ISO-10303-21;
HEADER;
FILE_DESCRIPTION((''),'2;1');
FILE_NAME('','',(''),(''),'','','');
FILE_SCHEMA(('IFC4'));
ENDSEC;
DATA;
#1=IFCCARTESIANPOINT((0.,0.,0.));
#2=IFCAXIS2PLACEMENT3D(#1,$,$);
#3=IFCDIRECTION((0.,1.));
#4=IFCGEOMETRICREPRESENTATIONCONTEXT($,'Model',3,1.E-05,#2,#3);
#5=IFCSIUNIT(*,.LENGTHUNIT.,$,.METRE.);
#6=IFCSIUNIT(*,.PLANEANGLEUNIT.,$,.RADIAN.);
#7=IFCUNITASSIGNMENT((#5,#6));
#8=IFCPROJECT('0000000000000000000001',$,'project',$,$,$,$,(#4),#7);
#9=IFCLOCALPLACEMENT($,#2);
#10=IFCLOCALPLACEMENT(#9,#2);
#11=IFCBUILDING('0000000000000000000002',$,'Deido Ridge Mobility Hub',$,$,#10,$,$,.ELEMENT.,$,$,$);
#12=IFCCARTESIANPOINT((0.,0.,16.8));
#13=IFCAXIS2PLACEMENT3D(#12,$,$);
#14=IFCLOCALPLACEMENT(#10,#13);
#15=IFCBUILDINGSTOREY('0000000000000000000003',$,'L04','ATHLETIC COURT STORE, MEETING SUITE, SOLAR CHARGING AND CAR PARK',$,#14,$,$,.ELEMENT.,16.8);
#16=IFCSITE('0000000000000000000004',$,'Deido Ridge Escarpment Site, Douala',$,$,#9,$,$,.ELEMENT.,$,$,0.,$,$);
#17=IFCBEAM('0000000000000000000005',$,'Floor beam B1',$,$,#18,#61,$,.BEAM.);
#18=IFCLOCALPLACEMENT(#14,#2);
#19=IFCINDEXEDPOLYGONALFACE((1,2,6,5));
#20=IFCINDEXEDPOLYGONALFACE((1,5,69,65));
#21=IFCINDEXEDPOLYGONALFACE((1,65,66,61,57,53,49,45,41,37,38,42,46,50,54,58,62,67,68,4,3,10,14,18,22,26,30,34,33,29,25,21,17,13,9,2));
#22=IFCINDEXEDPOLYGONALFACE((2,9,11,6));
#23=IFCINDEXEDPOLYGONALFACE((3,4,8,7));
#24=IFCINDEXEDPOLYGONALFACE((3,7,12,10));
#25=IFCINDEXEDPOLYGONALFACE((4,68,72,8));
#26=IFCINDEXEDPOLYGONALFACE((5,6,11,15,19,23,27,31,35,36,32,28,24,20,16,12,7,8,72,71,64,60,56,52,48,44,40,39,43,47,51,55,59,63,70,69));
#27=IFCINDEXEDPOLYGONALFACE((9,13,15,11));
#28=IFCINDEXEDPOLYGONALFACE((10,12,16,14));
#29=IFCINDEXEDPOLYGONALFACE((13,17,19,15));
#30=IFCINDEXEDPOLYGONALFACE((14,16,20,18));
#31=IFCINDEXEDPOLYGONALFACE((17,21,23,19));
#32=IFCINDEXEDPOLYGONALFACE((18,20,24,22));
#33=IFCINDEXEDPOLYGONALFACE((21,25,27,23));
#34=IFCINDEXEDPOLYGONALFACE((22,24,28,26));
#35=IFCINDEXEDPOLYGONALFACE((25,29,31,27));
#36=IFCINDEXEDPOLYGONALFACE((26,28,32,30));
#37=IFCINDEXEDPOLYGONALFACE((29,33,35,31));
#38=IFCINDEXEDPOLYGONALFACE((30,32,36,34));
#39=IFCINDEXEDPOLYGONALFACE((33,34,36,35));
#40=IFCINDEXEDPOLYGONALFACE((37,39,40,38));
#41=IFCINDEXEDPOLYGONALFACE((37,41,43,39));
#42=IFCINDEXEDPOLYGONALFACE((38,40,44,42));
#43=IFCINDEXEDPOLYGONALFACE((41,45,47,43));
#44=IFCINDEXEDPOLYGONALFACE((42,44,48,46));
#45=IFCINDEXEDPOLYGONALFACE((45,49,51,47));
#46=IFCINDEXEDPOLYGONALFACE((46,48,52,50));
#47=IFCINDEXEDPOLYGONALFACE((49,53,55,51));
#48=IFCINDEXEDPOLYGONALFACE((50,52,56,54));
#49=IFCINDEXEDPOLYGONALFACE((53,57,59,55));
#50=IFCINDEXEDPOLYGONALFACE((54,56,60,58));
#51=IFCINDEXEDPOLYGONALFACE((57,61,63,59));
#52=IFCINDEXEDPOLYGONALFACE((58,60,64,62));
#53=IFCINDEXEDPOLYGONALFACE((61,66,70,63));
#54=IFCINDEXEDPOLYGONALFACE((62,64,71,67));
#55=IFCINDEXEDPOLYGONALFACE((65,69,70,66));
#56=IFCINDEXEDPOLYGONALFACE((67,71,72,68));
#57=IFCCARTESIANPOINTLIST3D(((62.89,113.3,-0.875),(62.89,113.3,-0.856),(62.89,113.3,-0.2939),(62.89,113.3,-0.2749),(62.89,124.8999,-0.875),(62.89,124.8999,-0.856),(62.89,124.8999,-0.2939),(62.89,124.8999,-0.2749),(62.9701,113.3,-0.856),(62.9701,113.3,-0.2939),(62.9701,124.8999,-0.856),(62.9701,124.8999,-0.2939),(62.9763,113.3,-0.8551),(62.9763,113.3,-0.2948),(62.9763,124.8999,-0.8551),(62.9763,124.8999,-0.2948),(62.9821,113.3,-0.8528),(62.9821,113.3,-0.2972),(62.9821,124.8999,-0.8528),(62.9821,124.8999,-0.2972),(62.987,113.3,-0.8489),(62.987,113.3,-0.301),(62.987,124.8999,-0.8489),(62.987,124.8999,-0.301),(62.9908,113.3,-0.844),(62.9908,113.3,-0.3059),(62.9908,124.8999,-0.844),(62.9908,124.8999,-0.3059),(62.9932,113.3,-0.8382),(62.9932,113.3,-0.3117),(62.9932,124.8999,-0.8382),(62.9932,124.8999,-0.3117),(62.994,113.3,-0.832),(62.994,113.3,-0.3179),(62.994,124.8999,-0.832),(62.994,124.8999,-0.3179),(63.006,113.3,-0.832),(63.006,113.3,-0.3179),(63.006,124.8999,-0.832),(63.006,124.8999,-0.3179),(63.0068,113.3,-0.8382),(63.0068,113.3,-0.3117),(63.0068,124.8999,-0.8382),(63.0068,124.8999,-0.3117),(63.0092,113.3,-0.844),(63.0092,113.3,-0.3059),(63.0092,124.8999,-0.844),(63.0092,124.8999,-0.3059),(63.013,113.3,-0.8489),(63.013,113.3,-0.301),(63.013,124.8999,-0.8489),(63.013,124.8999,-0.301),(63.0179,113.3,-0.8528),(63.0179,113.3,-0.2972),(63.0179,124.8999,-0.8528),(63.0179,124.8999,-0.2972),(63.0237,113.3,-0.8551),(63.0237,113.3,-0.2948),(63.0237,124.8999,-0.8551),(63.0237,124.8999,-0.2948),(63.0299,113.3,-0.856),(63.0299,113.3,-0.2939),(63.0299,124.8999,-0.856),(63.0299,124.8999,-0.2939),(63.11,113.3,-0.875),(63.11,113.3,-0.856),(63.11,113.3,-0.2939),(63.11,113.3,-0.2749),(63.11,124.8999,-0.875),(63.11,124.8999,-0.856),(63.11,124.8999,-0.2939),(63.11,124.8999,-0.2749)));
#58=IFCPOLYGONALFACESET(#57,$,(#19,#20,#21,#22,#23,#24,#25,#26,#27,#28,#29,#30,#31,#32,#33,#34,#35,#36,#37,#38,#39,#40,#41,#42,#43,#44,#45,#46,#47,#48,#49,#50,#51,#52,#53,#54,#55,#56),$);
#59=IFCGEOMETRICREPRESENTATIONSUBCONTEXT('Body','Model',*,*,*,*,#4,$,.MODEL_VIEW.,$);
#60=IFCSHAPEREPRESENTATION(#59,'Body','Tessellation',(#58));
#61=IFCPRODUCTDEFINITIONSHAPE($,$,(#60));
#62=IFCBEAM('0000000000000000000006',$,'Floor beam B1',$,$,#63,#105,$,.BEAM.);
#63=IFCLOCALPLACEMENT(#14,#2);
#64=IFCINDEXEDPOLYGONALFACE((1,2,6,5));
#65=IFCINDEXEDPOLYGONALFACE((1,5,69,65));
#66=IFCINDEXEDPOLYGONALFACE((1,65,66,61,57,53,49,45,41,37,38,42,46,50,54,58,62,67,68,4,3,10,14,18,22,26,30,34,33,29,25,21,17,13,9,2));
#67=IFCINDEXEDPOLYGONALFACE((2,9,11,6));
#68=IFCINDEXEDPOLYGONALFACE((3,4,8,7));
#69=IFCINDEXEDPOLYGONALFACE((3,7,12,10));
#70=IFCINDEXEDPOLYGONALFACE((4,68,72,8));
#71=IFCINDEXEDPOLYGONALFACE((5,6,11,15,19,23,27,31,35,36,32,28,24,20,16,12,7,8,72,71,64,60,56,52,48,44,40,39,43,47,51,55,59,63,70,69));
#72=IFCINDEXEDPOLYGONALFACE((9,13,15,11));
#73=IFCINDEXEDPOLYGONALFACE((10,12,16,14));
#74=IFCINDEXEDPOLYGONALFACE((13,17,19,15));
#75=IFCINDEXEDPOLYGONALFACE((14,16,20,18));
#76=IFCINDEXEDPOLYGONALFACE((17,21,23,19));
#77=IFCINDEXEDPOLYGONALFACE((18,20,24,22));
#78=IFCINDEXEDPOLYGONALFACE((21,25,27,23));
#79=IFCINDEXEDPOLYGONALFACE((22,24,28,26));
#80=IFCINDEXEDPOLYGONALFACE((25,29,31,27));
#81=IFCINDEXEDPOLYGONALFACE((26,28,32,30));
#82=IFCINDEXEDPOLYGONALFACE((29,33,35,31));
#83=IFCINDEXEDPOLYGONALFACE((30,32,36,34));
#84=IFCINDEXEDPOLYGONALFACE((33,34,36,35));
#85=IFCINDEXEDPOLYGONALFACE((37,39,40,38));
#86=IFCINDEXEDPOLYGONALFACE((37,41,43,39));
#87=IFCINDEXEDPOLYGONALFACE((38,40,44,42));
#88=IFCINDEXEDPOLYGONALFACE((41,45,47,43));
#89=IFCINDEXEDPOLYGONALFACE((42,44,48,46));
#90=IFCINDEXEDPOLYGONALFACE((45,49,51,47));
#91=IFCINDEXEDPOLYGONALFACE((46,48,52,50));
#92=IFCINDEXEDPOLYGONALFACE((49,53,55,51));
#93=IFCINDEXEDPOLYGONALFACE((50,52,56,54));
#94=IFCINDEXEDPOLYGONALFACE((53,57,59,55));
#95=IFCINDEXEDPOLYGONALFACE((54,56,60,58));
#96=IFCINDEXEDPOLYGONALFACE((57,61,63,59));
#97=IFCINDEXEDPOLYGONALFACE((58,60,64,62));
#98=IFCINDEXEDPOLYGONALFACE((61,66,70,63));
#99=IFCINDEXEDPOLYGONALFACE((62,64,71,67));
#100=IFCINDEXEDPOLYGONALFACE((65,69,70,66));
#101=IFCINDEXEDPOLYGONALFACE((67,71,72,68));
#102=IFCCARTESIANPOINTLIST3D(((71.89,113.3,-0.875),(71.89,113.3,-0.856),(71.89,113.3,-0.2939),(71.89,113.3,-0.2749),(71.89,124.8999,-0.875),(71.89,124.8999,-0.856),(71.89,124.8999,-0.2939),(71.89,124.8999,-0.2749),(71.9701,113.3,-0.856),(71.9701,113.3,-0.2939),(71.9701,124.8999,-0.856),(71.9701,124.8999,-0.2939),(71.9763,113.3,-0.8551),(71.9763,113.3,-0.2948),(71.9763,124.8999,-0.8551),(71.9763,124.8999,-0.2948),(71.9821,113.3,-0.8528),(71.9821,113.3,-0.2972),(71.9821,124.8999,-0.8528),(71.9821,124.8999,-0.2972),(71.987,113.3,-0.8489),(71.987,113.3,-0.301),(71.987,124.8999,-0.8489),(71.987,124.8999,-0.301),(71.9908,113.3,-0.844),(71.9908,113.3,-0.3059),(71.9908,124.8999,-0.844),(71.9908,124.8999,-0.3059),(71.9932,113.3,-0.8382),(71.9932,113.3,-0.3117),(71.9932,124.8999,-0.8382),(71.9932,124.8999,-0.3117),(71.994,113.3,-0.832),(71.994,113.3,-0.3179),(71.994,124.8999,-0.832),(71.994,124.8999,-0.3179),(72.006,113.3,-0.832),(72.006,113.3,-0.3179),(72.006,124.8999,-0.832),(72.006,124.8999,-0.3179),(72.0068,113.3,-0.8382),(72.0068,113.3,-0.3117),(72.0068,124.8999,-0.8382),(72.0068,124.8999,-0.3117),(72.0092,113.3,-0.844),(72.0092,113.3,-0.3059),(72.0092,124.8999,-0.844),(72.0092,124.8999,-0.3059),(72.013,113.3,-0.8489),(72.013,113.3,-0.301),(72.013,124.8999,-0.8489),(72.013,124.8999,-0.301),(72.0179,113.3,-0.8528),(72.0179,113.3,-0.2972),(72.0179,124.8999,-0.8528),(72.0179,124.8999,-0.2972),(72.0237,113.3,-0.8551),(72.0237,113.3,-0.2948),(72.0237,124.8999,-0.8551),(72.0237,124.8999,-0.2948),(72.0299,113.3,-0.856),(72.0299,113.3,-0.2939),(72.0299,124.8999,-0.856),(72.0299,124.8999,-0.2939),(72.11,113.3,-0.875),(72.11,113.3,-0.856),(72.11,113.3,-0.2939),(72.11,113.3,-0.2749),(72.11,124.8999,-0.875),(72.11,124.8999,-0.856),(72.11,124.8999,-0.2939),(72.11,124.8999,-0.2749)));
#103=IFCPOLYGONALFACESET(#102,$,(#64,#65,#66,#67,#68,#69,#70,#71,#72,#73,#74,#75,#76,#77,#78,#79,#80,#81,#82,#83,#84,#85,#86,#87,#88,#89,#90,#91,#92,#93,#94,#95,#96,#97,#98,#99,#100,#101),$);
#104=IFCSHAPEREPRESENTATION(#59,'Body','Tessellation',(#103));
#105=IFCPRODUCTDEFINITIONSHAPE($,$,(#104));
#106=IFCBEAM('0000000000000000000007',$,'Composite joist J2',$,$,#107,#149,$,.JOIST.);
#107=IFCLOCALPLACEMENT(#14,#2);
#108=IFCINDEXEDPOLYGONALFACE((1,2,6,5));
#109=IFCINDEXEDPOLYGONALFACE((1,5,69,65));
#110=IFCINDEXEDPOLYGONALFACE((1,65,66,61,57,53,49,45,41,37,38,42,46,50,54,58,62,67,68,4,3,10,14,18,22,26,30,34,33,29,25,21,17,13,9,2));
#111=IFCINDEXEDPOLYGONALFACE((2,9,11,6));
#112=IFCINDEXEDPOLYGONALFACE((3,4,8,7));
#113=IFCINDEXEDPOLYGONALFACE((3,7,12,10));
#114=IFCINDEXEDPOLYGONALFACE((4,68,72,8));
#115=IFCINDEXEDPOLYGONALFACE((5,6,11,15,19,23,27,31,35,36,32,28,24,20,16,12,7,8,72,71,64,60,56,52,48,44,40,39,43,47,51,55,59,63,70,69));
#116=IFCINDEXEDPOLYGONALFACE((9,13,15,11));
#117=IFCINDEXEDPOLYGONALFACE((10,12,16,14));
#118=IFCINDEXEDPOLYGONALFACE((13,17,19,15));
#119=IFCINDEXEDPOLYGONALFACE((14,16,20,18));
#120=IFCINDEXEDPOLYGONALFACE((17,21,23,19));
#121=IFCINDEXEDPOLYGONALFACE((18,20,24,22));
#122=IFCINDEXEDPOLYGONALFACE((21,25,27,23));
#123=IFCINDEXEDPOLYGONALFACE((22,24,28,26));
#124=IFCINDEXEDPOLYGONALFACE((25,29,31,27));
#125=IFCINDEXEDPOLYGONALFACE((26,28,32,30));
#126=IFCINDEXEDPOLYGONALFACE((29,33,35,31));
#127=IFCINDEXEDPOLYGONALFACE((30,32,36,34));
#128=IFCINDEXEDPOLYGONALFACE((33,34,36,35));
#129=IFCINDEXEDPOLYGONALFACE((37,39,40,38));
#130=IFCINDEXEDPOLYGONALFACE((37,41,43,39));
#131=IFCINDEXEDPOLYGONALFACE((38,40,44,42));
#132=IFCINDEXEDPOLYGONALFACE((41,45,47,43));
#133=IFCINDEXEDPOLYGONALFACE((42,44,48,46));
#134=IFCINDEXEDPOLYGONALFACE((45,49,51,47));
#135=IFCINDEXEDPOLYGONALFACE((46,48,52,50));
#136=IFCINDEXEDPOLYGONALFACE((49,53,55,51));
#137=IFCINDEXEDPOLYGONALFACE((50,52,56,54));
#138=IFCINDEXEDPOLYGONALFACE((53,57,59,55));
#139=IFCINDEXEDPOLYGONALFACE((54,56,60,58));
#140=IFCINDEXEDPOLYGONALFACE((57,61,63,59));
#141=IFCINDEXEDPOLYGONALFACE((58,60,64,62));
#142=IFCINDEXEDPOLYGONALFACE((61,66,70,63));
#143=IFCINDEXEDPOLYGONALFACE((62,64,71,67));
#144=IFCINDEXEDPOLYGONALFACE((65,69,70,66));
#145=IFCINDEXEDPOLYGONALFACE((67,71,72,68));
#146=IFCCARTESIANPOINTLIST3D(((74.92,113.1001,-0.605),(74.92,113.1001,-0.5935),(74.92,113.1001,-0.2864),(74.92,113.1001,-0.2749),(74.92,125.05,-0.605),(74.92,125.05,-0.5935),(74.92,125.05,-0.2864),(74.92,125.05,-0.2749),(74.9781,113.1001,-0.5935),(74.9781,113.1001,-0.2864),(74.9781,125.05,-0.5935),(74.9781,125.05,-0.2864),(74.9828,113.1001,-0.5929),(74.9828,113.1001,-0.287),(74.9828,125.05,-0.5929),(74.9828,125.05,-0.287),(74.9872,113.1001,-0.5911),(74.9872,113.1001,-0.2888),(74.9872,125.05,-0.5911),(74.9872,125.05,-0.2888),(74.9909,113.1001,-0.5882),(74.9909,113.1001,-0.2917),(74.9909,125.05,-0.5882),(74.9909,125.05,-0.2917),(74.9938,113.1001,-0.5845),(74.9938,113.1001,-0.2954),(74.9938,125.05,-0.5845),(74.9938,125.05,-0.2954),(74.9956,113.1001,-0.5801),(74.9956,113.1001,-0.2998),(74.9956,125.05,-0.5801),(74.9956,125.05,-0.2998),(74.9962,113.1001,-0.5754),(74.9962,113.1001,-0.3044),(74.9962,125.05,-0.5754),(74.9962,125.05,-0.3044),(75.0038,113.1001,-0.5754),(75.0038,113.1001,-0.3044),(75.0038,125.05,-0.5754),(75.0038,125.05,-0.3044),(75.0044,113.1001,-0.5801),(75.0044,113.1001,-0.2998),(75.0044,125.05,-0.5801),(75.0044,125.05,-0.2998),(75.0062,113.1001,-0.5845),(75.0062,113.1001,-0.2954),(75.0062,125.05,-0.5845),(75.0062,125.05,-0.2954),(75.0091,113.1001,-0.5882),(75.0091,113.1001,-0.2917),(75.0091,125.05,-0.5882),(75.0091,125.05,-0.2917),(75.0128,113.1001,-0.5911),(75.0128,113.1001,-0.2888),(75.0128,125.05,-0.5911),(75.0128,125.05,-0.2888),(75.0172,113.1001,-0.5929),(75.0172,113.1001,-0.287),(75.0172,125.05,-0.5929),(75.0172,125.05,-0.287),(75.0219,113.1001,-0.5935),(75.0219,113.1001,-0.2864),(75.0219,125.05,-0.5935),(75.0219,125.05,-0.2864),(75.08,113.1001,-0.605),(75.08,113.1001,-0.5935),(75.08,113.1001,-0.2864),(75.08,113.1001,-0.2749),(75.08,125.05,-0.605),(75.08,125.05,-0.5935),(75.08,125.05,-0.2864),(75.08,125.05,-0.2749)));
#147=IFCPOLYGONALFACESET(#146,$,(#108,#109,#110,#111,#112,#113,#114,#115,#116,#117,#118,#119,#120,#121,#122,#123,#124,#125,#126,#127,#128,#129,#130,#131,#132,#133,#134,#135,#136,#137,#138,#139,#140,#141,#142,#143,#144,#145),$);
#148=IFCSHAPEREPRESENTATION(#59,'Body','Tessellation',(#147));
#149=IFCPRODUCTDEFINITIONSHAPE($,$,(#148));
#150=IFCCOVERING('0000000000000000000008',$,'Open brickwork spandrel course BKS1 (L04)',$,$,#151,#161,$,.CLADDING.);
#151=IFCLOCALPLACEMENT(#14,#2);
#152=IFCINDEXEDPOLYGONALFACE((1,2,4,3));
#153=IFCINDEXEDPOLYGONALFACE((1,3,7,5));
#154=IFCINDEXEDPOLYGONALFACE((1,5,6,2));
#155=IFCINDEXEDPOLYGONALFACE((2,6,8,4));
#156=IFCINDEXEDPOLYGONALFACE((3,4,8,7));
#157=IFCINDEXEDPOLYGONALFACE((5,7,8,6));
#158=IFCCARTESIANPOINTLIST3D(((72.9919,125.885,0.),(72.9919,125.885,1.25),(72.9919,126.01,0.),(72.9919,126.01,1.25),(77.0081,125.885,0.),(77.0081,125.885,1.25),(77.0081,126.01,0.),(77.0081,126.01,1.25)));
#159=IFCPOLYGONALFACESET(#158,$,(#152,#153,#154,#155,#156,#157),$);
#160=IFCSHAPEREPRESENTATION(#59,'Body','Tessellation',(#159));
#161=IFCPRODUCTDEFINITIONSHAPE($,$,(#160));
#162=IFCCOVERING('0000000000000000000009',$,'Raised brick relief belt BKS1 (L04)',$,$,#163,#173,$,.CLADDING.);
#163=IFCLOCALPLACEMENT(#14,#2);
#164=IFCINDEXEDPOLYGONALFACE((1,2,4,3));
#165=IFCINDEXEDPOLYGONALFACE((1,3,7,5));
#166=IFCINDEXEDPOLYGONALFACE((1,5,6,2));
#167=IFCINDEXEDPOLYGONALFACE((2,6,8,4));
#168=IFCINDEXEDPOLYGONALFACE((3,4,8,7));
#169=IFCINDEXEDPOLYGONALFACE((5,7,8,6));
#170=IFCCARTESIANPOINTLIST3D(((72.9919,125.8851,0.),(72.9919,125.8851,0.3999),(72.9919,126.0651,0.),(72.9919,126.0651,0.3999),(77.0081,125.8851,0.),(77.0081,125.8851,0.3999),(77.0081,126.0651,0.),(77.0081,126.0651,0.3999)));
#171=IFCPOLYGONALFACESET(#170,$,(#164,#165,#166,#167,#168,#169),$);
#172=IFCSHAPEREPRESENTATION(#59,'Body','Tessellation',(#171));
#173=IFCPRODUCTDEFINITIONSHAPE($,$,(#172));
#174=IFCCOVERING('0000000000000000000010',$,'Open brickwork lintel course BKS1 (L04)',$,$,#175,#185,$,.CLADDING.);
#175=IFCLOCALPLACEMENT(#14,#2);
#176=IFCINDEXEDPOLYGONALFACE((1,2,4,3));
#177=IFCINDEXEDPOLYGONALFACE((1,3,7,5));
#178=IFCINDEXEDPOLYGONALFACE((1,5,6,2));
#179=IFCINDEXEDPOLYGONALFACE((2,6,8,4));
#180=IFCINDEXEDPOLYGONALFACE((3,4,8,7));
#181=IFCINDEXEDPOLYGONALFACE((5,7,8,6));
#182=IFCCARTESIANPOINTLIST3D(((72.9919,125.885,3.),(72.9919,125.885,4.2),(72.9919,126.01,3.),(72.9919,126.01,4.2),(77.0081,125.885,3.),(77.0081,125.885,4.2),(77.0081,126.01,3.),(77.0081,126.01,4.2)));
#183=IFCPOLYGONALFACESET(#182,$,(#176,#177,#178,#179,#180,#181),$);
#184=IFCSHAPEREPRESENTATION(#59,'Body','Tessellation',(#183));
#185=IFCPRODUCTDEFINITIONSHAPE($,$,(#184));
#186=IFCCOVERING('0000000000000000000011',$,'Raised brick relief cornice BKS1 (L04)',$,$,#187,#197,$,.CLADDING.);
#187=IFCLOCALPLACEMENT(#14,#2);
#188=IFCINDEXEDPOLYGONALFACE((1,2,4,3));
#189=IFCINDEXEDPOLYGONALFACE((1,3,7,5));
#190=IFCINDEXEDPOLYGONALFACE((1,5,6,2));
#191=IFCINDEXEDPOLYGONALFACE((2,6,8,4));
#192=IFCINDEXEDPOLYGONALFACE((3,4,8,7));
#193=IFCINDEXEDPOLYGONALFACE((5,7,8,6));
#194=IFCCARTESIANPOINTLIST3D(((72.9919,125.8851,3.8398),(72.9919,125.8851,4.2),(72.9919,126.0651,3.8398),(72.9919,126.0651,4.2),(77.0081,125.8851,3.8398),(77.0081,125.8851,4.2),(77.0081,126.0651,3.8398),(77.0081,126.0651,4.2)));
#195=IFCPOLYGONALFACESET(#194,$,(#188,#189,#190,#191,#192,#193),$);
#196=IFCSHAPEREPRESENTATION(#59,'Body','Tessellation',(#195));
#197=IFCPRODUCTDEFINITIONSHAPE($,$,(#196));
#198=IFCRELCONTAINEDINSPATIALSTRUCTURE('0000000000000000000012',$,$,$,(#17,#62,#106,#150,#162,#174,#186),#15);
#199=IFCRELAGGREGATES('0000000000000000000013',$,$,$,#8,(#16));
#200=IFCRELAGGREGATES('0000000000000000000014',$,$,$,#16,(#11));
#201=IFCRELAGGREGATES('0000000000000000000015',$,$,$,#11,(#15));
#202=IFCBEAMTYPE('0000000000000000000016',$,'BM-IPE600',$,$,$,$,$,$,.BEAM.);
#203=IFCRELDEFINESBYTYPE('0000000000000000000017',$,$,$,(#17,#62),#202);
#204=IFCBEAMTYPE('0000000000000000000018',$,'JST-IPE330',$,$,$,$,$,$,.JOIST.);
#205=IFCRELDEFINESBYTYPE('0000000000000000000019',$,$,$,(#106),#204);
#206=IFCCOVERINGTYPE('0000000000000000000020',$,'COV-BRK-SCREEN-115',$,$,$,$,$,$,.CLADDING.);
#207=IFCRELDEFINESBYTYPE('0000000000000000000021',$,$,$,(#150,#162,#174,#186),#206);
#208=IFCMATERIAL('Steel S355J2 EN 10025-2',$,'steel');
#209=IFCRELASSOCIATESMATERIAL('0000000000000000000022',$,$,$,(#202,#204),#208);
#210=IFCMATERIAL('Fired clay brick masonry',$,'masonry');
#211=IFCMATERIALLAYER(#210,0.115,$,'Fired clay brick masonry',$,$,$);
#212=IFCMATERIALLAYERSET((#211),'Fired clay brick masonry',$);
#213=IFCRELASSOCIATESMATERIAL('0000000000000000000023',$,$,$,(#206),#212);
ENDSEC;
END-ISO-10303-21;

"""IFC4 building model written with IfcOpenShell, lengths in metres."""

from ifc_helpers import new_model, si_unit, direction, frame, origin, origin_2d, place, context, subcontext, project, spatial, rectangle, i_section, extrude, material, layer, layer_set, material_profile, profile_set, type_object, element, save


model = new_model("IFC4")

# Units and contexts
model_context = context("Model", 3, precision=1e-05, world=origin(), true_north=direction((0.0, 1.0)))
body_context = subcontext(model_context, "Body", "Model", "MODEL_VIEW")
ifc_project = project(units=[si_unit("LENGTHUNIT", "METRE"), si_unit("PLANEANGLEUNIT", "RADIAN")], contexts=[model_context])

# Site, building, storey
site_placement = place(None, origin())
site = spatial("IfcSite", under=ifc_project, at=site_placement, Name="Deido Ridge Escarpment Site, Douala", CompositionType="ELEMENT", RefElevation=0.0)
building_placement = place(site_placement, origin())
building = spatial("IfcBuilding", under=site, at=building_placement, Name="Deido Ridge Mobility Hub", CompositionType="ELEMENT")
storey_placement = place(building_placement, frame((0.0, 0.0, 16.8)))
storey = spatial("IfcBuildingStorey", under=building, at=storey_placement, Name="L04", Description="ATHLETIC COURT STORE, MEETING SUITE, SOLAR CHARGING AND CAR PARK", CompositionType="ELEMENT", Elevation=16.8)

# Shared definitions
ifc_material_1 = material(Name="Steel S355J2 EN 10025-2", Category="steel")

# Beams
ifc_material_profile_1 = material_profile(ifc_material_1, i_section(OverallWidth=0.22, OverallDepth=0.6001, WebThickness=0.012, FlangeThickness=0.019, FilletRadius=0.0239, at=origin_2d()), Name="IPE 600")
ifc_profile_set_1 = profile_set([ifc_material_profile_1], Name="Steel S355J2 EN 10025-2")
beam_type_1 = type_object("IfcBeamType", Name="BM-IPE600", PredefinedType="BEAM", material=ifc_profile_set_1)
for number, where, z_axis, x_axis, name in (
    (1, (63.0, 113.3, -0.575), (0.0, 1.0, 0.0), (-1.0, 0.0, 0.0), "Floor beam B1"),
    (2, (72.0, 113.3, -0.575), (0.0, 1.0, 0.0), (-1.0, 0.0, 0.0), "Floor beam B1"),
):
    element("IfcBeam", number, at=place(storey_placement, frame(where, z_axis=z_axis, x_axis=x_axis)), inside=storey, type_object=beam_type_1, Name=name, PredefinedType="BEAM", context=body_context, shape_type="SweptSolid", body=[
        extrude(i_section(OverallWidth=0.22, OverallDepth=0.6001, WebThickness=0.012, FlangeThickness=0.019, FilletRadius=0.0239, at=origin_2d()), origin(), (0.0, 0.0, 1.0), 11.5999),
    ])
ifc_material_profile_2 = material_profile(ifc_material_1, i_section(OverallWidth=0.1599, OverallDepth=0.3301, WebThickness=0.0076, FlangeThickness=0.0115, FilletRadius=0.0181, at=origin_2d()), Name="IPE 330")
ifc_profile_set_2 = profile_set([ifc_material_profile_2], Name="Steel S355J2 EN 10025-2")
beam_type_2 = type_object("IfcBeamType", Name="JST-IPE330", PredefinedType="JOIST", material=ifc_profile_set_2)
beam_placement = place(storey_placement, frame((75.0, 113.1001, -0.4399), z_axis=(0.0, 1.0, 0.0), x_axis=(-1.0, 0.0, 0.0)))
element("IfcBeam", 3, at=beam_placement, inside=storey, type_object=beam_type_2, Name="Composite joist J2", PredefinedType="JOIST", context=body_context, shape_type="SweptSolid", body=[
    extrude(i_section(OverallWidth=0.1599, OverallDepth=0.3301, WebThickness=0.0076, FlangeThickness=0.0115, FilletRadius=0.0181, at=origin_2d()), origin(), (0.0, 0.0, 1.0), 11.95),
])

# Coverings
ifc_material_2 = material(Name="Fired clay brick masonry", Category="masonry")
ifc_layer = layer(ifc_material_2, 0.115, Name="Fired clay brick masonry")
ifc_layer_set = layer_set([ifc_layer], Name="Fired clay brick masonry")
covering_type = type_object("IfcCoveringType", Name="COV-BRK-SCREEN-115", PredefinedType="CLADDING", material=ifc_layer_set)
covering_1_placement = place(storey_placement, frame((75.0, 125.9475, 0.0), z_axis=(0.0, 0.0, 1.0), x_axis=(-1.0, 0.0, 0.0)))
element("IfcCovering", 4, at=covering_1_placement, inside=storey, type_object=covering_type, Name="Open brickwork spandrel course BKS1 (L04)", PredefinedType="CLADDING", context=body_context, shape_type="SweptSolid", body=[
    extrude(rectangle(XDim=4.0161, YDim=0.125, at=origin_2d()), origin(), (0.0, 0.0, 1.0), 1.25),
])
covering_2_placement = place(storey_placement, frame((75.0, 125.9751, 0.0), z_axis=(0.0, 0.0, 1.0), x_axis=(-1.0, 0.0, 0.0)))
element("IfcCovering", 5, at=covering_2_placement, inside=storey, type_object=covering_type, Name="Raised brick relief belt BKS1 (L04)", PredefinedType="CLADDING", context=body_context, shape_type="SweptSolid", body=[
    extrude(rectangle(XDim=4.0161, YDim=0.1799, at=origin_2d()), origin(), (0.0, 0.0, 1.0), 0.3999),
])
covering_3_placement = place(storey_placement, frame((75.0, 125.9475, 3.0), z_axis=(0.0, 0.0, 1.0), x_axis=(-1.0, 0.0, 0.0)))
element("IfcCovering", 6, at=covering_3_placement, inside=storey, type_object=covering_type, Name="Open brickwork lintel course BKS1 (L04)", PredefinedType="CLADDING", context=body_context, shape_type="SweptSolid", body=[
    extrude(rectangle(XDim=4.0161, YDim=0.125, at=origin_2d()), origin(), (0.0, 0.0, 1.0), 1.2),
])
covering_4_placement = place(storey_placement, frame((75.0, 125.9751, 3.8398), z_axis=(0.0, 0.0, 1.0), x_axis=(-1.0, 0.0, 0.0)))
element("IfcCovering", 7, at=covering_4_placement, inside=storey, type_object=covering_type, Name="Raised brick relief cornice BKS1 (L04)", PredefinedType="CLADDING", context=body_context, shape_type="SweptSolid", body=[
    extrude(rectangle(XDim=4.0161, YDim=0.1799, at=origin_2d()), origin(), (0.0, 0.0, 1.0), 0.3601),
])

save(model, "model.ifc")
